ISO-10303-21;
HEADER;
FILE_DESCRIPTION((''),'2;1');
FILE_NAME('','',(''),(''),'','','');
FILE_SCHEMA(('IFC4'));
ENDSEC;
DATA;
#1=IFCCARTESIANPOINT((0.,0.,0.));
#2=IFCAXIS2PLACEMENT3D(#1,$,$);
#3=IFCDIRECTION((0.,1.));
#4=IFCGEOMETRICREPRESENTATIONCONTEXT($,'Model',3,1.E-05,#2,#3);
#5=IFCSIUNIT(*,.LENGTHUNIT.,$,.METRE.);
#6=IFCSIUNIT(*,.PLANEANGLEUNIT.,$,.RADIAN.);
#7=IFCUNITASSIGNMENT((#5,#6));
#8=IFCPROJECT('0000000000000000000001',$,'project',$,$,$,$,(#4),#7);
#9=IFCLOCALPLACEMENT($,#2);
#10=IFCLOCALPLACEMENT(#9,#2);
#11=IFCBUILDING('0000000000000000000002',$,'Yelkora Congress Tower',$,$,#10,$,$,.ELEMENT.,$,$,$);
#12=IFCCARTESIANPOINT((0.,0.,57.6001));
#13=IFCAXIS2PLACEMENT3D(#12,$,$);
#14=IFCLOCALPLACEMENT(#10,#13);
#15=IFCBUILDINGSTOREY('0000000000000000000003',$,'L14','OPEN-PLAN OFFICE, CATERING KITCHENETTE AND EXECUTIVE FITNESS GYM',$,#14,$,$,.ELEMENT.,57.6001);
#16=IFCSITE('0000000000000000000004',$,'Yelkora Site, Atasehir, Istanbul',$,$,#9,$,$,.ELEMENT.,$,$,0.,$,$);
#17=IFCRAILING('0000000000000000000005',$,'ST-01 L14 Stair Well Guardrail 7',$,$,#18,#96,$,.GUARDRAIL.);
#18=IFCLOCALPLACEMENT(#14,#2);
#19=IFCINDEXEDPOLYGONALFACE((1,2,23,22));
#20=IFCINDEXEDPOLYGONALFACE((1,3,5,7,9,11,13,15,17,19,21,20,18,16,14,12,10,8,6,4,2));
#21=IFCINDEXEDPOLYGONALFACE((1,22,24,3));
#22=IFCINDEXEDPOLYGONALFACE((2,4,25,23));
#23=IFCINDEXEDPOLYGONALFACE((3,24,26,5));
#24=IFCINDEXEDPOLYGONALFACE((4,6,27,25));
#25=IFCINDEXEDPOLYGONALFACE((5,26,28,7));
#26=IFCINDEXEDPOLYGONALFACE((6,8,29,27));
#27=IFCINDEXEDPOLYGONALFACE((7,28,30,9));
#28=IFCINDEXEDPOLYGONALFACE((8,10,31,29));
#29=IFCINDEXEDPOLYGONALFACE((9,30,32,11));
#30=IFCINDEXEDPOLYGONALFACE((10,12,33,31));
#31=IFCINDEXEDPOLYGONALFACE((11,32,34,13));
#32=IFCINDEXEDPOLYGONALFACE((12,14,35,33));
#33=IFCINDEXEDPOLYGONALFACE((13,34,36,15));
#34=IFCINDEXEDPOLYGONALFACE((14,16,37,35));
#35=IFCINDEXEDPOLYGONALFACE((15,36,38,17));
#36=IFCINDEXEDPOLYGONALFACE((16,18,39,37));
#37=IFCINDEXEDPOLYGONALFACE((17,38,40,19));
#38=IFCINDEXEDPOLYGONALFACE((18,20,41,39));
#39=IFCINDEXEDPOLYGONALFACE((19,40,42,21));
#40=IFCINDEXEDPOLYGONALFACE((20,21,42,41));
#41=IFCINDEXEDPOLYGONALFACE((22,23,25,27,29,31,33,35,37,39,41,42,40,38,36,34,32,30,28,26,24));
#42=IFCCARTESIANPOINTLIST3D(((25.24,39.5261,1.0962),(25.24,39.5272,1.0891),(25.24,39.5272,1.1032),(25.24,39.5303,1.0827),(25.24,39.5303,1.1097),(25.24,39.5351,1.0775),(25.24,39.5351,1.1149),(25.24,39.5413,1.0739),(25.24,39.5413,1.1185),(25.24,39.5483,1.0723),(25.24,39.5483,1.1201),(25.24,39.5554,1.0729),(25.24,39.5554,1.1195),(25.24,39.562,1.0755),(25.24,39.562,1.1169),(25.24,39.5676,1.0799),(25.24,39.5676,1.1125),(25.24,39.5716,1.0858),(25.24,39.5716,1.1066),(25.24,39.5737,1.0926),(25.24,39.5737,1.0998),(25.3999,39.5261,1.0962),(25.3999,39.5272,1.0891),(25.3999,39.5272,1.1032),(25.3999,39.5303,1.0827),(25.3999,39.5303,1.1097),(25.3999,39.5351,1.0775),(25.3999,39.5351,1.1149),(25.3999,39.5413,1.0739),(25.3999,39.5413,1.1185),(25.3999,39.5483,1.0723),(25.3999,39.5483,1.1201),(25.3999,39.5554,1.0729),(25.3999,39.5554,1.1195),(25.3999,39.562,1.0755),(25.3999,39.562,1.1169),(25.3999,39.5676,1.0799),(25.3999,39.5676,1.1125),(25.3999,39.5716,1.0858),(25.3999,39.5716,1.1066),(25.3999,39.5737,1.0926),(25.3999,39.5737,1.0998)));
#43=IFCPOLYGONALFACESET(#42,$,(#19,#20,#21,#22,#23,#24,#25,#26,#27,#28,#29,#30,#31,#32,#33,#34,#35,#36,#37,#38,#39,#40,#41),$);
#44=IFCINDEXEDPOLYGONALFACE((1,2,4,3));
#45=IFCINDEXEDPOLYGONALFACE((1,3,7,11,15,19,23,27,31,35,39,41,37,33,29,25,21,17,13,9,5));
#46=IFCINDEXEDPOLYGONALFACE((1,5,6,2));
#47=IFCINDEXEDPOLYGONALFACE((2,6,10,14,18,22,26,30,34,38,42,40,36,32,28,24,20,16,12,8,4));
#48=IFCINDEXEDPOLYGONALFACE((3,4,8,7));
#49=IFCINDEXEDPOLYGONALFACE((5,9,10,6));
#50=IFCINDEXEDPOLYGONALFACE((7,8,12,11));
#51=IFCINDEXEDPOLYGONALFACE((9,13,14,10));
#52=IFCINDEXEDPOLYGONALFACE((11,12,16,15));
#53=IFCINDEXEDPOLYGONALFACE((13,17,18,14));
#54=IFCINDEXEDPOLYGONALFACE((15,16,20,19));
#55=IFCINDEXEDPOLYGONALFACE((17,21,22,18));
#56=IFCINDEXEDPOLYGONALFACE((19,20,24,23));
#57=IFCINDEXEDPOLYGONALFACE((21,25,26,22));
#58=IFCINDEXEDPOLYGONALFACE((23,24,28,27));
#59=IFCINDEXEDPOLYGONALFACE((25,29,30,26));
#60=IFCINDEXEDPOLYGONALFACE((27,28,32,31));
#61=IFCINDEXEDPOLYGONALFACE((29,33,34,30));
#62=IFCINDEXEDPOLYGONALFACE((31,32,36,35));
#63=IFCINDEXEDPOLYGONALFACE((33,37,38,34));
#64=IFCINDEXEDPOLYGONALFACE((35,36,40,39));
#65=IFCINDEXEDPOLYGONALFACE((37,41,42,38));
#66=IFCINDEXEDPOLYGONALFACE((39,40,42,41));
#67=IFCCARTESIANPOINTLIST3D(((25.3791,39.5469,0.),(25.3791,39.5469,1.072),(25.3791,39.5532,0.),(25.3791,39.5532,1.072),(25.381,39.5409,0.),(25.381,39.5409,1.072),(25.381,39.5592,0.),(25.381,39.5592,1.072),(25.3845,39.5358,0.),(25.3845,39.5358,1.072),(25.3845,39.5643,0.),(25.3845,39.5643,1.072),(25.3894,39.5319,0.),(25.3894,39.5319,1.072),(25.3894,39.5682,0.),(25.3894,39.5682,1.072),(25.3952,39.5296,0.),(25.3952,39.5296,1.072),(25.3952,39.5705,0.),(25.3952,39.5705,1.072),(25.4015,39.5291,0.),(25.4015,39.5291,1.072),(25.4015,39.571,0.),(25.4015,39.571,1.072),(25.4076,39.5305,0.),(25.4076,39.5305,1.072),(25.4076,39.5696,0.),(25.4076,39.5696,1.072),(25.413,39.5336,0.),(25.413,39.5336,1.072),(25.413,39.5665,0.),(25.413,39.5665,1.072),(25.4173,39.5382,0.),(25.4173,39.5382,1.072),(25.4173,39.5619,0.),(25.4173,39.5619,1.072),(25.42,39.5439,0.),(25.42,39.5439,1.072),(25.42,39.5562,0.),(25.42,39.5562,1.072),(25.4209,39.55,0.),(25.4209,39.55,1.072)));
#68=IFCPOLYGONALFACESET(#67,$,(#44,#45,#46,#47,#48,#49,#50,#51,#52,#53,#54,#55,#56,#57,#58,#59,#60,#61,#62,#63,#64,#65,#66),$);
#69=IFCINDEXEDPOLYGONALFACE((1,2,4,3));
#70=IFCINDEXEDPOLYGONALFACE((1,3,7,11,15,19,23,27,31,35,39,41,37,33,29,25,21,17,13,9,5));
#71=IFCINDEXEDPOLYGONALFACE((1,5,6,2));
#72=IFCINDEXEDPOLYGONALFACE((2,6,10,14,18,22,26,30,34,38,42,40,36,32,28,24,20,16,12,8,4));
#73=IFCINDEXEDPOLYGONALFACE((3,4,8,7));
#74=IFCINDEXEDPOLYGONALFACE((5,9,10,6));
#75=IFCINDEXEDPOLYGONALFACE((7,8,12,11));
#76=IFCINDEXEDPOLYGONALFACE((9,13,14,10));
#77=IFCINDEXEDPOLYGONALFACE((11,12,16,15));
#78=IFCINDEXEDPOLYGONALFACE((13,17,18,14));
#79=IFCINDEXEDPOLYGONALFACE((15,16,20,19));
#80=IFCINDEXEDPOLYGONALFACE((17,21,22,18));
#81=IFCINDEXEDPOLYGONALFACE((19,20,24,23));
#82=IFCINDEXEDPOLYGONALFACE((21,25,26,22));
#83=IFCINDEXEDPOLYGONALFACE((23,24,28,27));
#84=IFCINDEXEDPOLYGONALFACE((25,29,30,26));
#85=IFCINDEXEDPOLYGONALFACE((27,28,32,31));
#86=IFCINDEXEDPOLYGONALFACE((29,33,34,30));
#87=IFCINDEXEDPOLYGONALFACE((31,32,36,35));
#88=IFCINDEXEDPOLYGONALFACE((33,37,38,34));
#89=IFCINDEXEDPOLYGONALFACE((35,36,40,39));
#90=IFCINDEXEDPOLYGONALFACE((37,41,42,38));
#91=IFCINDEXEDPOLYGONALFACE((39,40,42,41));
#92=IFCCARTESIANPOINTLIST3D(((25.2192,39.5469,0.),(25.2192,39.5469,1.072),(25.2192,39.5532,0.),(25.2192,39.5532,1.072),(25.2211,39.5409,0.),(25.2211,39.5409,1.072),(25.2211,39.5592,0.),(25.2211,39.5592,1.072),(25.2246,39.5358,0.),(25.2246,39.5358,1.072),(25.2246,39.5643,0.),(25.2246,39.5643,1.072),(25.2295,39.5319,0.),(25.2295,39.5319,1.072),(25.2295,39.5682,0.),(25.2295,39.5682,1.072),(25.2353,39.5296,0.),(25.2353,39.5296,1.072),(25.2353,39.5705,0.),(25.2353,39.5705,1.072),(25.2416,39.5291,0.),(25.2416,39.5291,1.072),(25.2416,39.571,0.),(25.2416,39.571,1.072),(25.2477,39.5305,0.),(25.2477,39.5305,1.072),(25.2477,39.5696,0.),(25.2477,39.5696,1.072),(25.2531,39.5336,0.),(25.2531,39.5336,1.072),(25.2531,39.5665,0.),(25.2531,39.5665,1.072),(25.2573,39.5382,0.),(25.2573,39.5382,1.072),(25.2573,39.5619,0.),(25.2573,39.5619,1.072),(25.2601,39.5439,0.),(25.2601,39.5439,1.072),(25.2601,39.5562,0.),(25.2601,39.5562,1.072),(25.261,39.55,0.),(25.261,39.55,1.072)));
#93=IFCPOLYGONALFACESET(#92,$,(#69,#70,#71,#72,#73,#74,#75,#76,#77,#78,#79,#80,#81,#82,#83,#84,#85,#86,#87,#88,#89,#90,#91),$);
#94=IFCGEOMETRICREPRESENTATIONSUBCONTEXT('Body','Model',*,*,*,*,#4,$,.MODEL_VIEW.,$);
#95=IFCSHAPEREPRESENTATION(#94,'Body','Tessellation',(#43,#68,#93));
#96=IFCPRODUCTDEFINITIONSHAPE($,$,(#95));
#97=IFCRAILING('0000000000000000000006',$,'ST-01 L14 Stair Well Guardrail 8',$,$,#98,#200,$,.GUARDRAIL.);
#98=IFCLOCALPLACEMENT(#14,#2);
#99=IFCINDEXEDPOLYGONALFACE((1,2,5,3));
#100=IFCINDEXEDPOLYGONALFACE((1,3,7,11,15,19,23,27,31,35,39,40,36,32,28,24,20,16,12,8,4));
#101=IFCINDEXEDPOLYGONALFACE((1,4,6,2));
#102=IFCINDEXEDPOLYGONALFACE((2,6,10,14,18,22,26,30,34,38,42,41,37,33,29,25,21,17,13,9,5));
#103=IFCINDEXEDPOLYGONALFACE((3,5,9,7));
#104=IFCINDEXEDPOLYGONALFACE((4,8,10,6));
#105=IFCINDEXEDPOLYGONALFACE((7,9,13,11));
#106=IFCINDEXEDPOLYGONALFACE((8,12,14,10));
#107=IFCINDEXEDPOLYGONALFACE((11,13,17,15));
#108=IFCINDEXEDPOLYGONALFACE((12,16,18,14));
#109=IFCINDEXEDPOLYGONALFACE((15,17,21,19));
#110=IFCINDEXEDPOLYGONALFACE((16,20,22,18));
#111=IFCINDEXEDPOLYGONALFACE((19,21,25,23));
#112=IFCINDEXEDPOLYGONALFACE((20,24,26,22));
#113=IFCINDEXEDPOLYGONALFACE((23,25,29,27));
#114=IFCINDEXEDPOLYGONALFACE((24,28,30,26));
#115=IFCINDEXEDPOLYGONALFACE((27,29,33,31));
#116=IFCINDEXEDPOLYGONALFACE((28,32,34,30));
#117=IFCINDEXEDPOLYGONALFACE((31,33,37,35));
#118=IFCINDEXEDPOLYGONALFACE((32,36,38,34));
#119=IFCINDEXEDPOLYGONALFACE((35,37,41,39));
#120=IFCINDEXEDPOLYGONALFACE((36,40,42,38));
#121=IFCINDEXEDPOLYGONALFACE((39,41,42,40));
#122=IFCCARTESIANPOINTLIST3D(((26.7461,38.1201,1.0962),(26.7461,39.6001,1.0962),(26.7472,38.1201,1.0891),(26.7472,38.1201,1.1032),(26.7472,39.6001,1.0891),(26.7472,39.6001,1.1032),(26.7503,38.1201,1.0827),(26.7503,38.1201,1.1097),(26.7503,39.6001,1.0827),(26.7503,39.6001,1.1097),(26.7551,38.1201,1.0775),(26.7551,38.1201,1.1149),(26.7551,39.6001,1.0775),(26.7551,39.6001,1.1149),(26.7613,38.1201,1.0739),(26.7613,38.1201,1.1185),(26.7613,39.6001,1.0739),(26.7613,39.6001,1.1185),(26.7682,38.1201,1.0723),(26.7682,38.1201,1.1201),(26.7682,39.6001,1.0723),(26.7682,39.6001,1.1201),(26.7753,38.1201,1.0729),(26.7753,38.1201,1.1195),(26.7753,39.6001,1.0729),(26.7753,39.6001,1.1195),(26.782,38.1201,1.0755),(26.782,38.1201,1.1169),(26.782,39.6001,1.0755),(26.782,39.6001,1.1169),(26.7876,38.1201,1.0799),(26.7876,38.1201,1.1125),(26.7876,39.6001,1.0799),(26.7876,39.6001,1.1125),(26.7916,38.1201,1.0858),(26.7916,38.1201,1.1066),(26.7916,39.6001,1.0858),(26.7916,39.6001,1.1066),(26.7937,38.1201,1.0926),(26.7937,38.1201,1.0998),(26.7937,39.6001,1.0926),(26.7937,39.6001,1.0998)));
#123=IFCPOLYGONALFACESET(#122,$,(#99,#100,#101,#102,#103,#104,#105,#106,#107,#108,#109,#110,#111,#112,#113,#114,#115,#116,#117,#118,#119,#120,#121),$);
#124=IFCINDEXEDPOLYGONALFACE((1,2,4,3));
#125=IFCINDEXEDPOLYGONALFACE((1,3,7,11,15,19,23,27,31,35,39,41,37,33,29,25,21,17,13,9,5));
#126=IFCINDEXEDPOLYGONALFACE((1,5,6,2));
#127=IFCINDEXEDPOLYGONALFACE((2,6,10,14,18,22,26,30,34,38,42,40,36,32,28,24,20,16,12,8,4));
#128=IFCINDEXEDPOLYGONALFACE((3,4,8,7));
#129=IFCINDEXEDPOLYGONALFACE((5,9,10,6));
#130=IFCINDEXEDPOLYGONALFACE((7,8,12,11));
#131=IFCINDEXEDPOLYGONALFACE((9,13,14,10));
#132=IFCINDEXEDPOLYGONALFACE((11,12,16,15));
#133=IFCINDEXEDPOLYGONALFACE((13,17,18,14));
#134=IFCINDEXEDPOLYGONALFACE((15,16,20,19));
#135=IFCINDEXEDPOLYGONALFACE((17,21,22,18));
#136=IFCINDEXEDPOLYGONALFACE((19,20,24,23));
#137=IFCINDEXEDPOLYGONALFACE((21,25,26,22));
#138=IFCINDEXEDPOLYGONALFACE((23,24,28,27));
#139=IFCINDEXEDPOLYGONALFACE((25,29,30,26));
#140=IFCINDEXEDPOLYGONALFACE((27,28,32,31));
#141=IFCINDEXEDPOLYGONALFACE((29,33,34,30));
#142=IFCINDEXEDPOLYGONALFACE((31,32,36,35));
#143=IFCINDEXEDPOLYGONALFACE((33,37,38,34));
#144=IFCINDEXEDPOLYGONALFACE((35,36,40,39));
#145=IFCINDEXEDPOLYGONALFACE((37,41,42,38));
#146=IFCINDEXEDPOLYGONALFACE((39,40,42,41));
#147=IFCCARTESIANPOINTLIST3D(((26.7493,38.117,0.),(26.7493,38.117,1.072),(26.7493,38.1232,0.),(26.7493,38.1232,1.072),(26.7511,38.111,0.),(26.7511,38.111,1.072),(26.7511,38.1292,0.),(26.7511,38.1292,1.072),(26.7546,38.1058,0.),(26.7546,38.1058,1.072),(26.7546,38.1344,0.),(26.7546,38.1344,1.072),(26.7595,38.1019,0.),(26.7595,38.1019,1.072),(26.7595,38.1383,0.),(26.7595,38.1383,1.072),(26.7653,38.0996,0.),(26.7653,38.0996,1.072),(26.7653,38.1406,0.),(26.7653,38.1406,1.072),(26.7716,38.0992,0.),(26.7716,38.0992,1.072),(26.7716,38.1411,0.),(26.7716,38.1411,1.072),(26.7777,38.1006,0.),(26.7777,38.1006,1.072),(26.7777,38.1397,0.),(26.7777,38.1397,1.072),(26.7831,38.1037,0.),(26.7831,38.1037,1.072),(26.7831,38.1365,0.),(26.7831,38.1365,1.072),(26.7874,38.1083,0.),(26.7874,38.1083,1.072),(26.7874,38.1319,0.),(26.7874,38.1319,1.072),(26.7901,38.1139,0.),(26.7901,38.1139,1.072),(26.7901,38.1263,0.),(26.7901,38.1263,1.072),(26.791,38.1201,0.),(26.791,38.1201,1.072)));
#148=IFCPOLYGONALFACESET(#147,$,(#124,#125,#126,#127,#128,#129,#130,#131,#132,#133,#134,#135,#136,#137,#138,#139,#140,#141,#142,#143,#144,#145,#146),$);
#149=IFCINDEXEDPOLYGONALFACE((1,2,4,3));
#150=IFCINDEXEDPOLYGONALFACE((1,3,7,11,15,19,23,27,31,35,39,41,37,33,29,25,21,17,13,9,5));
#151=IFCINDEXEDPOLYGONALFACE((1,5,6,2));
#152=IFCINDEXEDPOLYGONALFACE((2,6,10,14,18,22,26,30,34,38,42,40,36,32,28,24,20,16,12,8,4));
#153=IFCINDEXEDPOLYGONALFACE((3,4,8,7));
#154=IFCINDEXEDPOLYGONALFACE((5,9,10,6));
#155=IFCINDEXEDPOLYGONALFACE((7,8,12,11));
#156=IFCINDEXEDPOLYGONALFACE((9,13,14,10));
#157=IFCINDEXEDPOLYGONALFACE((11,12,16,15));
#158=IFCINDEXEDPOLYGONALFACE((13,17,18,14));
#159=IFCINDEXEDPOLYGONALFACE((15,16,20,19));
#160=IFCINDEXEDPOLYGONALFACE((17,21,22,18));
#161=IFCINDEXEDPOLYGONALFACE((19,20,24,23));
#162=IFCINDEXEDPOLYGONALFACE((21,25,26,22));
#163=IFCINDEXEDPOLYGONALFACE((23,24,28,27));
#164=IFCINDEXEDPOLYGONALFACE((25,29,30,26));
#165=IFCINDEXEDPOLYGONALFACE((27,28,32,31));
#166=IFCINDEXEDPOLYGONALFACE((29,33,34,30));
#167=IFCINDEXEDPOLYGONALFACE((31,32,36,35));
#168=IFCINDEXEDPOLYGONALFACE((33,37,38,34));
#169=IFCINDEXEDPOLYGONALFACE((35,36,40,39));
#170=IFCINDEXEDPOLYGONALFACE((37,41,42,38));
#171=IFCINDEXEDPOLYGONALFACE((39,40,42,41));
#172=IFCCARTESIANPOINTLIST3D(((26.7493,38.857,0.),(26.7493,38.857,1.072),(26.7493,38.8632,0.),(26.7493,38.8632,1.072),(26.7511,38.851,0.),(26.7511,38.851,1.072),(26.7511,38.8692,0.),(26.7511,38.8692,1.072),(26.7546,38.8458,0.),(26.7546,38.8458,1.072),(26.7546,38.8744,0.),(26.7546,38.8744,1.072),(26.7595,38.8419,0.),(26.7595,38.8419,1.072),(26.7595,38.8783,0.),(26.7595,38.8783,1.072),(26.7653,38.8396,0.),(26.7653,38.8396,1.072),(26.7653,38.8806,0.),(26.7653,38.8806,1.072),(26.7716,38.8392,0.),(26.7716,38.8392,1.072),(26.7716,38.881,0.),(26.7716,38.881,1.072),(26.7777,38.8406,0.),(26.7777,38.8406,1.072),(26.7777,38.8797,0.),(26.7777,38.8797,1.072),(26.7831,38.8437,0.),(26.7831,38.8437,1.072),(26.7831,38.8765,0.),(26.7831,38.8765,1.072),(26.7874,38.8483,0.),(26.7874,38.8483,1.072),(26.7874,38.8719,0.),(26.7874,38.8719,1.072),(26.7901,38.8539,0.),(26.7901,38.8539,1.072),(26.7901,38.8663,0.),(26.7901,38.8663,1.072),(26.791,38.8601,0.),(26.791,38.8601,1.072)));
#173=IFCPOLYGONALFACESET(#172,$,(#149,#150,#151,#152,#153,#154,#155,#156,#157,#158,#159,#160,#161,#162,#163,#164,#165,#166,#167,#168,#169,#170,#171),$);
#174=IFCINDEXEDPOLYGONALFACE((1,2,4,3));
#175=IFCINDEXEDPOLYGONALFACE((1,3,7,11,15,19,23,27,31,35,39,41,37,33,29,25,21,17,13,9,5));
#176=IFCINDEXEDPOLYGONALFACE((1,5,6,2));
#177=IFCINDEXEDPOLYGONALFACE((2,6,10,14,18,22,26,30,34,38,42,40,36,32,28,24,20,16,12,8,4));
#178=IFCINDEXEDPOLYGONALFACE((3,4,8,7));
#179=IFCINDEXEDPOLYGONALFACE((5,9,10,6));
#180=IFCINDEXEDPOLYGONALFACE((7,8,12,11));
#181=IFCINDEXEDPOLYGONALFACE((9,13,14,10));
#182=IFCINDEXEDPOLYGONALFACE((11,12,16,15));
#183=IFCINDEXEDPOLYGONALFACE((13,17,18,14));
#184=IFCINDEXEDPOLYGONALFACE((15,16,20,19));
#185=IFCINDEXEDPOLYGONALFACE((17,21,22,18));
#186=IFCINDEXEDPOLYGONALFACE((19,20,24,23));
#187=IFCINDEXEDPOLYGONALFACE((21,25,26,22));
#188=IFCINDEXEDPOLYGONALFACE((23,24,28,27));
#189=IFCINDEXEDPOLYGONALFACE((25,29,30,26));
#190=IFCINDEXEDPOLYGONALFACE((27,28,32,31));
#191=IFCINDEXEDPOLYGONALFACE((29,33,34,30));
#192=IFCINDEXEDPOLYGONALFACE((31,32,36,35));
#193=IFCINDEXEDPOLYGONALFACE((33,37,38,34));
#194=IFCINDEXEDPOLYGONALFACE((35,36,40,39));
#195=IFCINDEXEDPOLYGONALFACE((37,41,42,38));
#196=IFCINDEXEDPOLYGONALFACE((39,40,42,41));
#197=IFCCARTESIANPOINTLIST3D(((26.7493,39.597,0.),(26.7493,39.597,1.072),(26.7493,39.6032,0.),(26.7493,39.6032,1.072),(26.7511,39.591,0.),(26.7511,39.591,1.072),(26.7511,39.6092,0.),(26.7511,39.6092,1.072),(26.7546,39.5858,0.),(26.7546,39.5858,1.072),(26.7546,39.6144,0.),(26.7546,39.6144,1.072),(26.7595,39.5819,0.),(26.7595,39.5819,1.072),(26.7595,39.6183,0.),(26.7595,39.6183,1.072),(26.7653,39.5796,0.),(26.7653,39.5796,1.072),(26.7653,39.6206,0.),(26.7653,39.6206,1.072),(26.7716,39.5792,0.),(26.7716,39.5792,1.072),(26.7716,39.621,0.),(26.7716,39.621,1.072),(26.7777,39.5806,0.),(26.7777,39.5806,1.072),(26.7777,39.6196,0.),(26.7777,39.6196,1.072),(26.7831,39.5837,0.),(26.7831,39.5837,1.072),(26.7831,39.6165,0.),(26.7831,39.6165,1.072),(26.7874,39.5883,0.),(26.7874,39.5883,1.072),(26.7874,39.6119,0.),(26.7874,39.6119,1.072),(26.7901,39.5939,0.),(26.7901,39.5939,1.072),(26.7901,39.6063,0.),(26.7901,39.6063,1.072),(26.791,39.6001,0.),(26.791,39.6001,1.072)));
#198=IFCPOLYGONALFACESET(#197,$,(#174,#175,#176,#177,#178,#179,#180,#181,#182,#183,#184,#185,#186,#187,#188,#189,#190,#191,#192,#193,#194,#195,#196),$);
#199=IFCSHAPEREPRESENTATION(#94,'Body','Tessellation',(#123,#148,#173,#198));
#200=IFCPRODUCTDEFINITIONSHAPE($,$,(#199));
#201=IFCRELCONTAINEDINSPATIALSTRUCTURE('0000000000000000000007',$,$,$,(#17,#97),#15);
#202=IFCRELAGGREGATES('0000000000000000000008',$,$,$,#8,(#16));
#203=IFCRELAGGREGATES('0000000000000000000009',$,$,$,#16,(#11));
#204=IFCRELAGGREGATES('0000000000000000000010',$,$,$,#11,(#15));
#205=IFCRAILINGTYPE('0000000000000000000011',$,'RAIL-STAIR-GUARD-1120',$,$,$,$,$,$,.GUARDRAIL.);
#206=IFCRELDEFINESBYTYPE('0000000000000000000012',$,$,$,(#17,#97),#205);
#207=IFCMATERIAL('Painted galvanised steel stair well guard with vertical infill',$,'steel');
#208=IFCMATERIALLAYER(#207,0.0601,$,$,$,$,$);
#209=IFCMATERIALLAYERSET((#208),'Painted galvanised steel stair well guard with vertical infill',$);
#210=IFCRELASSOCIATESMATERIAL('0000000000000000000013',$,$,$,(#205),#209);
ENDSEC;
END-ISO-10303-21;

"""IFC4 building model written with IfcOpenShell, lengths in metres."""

from ifc_helpers import new_model, si_unit, direction, frame, origin, origin_2d, place, context, subcontext, project, spatial, circle, extrude, material, layer, layer_set, type_object, element, save


model = new_model("IFC4")

# Units and contexts
model_context = context("Model", 3, precision=1e-05, world=origin(), true_north=direction((0.0, 1.0)))
body_context = subcontext(model_context, "Body", "Model", "MODEL_VIEW")
ifc_project = project(units=[si_unit("LENGTHUNIT", "METRE"), si_unit("PLANEANGLEUNIT", "RADIAN")], contexts=[model_context])

# Site, building, storey
site_placement = place(None, origin())
site = spatial("IfcSite", under=ifc_project, at=site_placement, Name="Yelkora Site, Atasehir, Istanbul", CompositionType="ELEMENT", RefElevation=0.0)
building_placement = place(site_placement, origin())
building = spatial("IfcBuilding", under=site, at=building_placement, Name="Yelkora Congress Tower", CompositionType="ELEMENT")
storey_placement = place(building_placement, frame((0.0, 0.0, 57.6001)))
storey = spatial("IfcBuildingStorey", under=building, at=storey_placement, Name="L14", Description="OPEN-PLAN OFFICE, CATERING KITCHENETTE AND EXECUTIVE FITNESS GYM", CompositionType="ELEMENT", Elevation=57.6001)

# Railings
ifc_material_1 = material(Name="Painted galvanised steel stair well guard with vertical infill", Category="steel")
ifc_layer_1 = layer(ifc_material_1, 0.0601)
ifc_layer_set_1 = layer_set([ifc_layer_1], Name="Painted galvanised steel stair well guard with vertical infill")
railing_type_1 = type_object("IfcRailingType", Name="RAIL-STAIR-GUARD-1120", PredefinedType="GUARDRAIL", material=ifc_layer_set_1)
railing_1_placement = place(storey_placement, frame((25.3999, 39.55, 0.0)))
element("IfcRailing", 1, at=railing_1_placement, inside=storey, type_object=railing_type_1, Name="ST-01 L14 Stair Well Guardrail 7", PredefinedType="GUARDRAIL", context=body_context, shape_type="SweptSolid", body=[
    extrude(circle(Radius=0.0239, at=origin_2d()), frame((0.0, 0.0, 1.0962), z_axis=(-1.0, 0.0, 0.0), x_axis=(0.0, -1.0, 0.0)), (0.0, 0.0, 1.0), 0.1599),
    extrude(circle(Radius=0.021, at=origin_2d()), origin(), (0.0, 0.0, 1.0), 1.072),
    extrude(circle(Radius=0.021, at=origin_2d()), frame((-0.1599, 0.0, 0.0)), (0.0, 0.0, 1.0), 1.072),
])
for number, where, name in (
    (2, (26.77, 38.1201, 0.0), "ST-01 L14 Stair Well Guardrail 8"),
):
    element("IfcRailing", number, at=place(storey_placement, frame(where)), inside=storey, type_object=railing_type_1, Name=name, PredefinedType="GUARDRAIL", context=body_context, shape_type="SweptSolid", body=[
        extrude(circle(Radius=0.0239, at=origin_2d()), frame((0.0, 0.0, 1.0962), z_axis=(0.0, 1.0, 0.0), x_axis=(-1.0, 0.0, 0.0)), (0.0, 0.0, 1.0), 1.48),
        extrude(circle(Radius=0.021, at=origin_2d()), origin(), (0.0, 0.0, 1.0), 1.072),
        extrude(circle(Radius=0.021, at=origin_2d()), frame((0.0, 0.74, 0.0)), (0.0, 0.0, 1.0), 1.072),
        extrude(circle(Radius=0.021, at=origin_2d()), frame((0.0, 1.48, 0.0)), (0.0, 0.0, 1.0), 1.072),
    ])

save(model, "model.ifc")
